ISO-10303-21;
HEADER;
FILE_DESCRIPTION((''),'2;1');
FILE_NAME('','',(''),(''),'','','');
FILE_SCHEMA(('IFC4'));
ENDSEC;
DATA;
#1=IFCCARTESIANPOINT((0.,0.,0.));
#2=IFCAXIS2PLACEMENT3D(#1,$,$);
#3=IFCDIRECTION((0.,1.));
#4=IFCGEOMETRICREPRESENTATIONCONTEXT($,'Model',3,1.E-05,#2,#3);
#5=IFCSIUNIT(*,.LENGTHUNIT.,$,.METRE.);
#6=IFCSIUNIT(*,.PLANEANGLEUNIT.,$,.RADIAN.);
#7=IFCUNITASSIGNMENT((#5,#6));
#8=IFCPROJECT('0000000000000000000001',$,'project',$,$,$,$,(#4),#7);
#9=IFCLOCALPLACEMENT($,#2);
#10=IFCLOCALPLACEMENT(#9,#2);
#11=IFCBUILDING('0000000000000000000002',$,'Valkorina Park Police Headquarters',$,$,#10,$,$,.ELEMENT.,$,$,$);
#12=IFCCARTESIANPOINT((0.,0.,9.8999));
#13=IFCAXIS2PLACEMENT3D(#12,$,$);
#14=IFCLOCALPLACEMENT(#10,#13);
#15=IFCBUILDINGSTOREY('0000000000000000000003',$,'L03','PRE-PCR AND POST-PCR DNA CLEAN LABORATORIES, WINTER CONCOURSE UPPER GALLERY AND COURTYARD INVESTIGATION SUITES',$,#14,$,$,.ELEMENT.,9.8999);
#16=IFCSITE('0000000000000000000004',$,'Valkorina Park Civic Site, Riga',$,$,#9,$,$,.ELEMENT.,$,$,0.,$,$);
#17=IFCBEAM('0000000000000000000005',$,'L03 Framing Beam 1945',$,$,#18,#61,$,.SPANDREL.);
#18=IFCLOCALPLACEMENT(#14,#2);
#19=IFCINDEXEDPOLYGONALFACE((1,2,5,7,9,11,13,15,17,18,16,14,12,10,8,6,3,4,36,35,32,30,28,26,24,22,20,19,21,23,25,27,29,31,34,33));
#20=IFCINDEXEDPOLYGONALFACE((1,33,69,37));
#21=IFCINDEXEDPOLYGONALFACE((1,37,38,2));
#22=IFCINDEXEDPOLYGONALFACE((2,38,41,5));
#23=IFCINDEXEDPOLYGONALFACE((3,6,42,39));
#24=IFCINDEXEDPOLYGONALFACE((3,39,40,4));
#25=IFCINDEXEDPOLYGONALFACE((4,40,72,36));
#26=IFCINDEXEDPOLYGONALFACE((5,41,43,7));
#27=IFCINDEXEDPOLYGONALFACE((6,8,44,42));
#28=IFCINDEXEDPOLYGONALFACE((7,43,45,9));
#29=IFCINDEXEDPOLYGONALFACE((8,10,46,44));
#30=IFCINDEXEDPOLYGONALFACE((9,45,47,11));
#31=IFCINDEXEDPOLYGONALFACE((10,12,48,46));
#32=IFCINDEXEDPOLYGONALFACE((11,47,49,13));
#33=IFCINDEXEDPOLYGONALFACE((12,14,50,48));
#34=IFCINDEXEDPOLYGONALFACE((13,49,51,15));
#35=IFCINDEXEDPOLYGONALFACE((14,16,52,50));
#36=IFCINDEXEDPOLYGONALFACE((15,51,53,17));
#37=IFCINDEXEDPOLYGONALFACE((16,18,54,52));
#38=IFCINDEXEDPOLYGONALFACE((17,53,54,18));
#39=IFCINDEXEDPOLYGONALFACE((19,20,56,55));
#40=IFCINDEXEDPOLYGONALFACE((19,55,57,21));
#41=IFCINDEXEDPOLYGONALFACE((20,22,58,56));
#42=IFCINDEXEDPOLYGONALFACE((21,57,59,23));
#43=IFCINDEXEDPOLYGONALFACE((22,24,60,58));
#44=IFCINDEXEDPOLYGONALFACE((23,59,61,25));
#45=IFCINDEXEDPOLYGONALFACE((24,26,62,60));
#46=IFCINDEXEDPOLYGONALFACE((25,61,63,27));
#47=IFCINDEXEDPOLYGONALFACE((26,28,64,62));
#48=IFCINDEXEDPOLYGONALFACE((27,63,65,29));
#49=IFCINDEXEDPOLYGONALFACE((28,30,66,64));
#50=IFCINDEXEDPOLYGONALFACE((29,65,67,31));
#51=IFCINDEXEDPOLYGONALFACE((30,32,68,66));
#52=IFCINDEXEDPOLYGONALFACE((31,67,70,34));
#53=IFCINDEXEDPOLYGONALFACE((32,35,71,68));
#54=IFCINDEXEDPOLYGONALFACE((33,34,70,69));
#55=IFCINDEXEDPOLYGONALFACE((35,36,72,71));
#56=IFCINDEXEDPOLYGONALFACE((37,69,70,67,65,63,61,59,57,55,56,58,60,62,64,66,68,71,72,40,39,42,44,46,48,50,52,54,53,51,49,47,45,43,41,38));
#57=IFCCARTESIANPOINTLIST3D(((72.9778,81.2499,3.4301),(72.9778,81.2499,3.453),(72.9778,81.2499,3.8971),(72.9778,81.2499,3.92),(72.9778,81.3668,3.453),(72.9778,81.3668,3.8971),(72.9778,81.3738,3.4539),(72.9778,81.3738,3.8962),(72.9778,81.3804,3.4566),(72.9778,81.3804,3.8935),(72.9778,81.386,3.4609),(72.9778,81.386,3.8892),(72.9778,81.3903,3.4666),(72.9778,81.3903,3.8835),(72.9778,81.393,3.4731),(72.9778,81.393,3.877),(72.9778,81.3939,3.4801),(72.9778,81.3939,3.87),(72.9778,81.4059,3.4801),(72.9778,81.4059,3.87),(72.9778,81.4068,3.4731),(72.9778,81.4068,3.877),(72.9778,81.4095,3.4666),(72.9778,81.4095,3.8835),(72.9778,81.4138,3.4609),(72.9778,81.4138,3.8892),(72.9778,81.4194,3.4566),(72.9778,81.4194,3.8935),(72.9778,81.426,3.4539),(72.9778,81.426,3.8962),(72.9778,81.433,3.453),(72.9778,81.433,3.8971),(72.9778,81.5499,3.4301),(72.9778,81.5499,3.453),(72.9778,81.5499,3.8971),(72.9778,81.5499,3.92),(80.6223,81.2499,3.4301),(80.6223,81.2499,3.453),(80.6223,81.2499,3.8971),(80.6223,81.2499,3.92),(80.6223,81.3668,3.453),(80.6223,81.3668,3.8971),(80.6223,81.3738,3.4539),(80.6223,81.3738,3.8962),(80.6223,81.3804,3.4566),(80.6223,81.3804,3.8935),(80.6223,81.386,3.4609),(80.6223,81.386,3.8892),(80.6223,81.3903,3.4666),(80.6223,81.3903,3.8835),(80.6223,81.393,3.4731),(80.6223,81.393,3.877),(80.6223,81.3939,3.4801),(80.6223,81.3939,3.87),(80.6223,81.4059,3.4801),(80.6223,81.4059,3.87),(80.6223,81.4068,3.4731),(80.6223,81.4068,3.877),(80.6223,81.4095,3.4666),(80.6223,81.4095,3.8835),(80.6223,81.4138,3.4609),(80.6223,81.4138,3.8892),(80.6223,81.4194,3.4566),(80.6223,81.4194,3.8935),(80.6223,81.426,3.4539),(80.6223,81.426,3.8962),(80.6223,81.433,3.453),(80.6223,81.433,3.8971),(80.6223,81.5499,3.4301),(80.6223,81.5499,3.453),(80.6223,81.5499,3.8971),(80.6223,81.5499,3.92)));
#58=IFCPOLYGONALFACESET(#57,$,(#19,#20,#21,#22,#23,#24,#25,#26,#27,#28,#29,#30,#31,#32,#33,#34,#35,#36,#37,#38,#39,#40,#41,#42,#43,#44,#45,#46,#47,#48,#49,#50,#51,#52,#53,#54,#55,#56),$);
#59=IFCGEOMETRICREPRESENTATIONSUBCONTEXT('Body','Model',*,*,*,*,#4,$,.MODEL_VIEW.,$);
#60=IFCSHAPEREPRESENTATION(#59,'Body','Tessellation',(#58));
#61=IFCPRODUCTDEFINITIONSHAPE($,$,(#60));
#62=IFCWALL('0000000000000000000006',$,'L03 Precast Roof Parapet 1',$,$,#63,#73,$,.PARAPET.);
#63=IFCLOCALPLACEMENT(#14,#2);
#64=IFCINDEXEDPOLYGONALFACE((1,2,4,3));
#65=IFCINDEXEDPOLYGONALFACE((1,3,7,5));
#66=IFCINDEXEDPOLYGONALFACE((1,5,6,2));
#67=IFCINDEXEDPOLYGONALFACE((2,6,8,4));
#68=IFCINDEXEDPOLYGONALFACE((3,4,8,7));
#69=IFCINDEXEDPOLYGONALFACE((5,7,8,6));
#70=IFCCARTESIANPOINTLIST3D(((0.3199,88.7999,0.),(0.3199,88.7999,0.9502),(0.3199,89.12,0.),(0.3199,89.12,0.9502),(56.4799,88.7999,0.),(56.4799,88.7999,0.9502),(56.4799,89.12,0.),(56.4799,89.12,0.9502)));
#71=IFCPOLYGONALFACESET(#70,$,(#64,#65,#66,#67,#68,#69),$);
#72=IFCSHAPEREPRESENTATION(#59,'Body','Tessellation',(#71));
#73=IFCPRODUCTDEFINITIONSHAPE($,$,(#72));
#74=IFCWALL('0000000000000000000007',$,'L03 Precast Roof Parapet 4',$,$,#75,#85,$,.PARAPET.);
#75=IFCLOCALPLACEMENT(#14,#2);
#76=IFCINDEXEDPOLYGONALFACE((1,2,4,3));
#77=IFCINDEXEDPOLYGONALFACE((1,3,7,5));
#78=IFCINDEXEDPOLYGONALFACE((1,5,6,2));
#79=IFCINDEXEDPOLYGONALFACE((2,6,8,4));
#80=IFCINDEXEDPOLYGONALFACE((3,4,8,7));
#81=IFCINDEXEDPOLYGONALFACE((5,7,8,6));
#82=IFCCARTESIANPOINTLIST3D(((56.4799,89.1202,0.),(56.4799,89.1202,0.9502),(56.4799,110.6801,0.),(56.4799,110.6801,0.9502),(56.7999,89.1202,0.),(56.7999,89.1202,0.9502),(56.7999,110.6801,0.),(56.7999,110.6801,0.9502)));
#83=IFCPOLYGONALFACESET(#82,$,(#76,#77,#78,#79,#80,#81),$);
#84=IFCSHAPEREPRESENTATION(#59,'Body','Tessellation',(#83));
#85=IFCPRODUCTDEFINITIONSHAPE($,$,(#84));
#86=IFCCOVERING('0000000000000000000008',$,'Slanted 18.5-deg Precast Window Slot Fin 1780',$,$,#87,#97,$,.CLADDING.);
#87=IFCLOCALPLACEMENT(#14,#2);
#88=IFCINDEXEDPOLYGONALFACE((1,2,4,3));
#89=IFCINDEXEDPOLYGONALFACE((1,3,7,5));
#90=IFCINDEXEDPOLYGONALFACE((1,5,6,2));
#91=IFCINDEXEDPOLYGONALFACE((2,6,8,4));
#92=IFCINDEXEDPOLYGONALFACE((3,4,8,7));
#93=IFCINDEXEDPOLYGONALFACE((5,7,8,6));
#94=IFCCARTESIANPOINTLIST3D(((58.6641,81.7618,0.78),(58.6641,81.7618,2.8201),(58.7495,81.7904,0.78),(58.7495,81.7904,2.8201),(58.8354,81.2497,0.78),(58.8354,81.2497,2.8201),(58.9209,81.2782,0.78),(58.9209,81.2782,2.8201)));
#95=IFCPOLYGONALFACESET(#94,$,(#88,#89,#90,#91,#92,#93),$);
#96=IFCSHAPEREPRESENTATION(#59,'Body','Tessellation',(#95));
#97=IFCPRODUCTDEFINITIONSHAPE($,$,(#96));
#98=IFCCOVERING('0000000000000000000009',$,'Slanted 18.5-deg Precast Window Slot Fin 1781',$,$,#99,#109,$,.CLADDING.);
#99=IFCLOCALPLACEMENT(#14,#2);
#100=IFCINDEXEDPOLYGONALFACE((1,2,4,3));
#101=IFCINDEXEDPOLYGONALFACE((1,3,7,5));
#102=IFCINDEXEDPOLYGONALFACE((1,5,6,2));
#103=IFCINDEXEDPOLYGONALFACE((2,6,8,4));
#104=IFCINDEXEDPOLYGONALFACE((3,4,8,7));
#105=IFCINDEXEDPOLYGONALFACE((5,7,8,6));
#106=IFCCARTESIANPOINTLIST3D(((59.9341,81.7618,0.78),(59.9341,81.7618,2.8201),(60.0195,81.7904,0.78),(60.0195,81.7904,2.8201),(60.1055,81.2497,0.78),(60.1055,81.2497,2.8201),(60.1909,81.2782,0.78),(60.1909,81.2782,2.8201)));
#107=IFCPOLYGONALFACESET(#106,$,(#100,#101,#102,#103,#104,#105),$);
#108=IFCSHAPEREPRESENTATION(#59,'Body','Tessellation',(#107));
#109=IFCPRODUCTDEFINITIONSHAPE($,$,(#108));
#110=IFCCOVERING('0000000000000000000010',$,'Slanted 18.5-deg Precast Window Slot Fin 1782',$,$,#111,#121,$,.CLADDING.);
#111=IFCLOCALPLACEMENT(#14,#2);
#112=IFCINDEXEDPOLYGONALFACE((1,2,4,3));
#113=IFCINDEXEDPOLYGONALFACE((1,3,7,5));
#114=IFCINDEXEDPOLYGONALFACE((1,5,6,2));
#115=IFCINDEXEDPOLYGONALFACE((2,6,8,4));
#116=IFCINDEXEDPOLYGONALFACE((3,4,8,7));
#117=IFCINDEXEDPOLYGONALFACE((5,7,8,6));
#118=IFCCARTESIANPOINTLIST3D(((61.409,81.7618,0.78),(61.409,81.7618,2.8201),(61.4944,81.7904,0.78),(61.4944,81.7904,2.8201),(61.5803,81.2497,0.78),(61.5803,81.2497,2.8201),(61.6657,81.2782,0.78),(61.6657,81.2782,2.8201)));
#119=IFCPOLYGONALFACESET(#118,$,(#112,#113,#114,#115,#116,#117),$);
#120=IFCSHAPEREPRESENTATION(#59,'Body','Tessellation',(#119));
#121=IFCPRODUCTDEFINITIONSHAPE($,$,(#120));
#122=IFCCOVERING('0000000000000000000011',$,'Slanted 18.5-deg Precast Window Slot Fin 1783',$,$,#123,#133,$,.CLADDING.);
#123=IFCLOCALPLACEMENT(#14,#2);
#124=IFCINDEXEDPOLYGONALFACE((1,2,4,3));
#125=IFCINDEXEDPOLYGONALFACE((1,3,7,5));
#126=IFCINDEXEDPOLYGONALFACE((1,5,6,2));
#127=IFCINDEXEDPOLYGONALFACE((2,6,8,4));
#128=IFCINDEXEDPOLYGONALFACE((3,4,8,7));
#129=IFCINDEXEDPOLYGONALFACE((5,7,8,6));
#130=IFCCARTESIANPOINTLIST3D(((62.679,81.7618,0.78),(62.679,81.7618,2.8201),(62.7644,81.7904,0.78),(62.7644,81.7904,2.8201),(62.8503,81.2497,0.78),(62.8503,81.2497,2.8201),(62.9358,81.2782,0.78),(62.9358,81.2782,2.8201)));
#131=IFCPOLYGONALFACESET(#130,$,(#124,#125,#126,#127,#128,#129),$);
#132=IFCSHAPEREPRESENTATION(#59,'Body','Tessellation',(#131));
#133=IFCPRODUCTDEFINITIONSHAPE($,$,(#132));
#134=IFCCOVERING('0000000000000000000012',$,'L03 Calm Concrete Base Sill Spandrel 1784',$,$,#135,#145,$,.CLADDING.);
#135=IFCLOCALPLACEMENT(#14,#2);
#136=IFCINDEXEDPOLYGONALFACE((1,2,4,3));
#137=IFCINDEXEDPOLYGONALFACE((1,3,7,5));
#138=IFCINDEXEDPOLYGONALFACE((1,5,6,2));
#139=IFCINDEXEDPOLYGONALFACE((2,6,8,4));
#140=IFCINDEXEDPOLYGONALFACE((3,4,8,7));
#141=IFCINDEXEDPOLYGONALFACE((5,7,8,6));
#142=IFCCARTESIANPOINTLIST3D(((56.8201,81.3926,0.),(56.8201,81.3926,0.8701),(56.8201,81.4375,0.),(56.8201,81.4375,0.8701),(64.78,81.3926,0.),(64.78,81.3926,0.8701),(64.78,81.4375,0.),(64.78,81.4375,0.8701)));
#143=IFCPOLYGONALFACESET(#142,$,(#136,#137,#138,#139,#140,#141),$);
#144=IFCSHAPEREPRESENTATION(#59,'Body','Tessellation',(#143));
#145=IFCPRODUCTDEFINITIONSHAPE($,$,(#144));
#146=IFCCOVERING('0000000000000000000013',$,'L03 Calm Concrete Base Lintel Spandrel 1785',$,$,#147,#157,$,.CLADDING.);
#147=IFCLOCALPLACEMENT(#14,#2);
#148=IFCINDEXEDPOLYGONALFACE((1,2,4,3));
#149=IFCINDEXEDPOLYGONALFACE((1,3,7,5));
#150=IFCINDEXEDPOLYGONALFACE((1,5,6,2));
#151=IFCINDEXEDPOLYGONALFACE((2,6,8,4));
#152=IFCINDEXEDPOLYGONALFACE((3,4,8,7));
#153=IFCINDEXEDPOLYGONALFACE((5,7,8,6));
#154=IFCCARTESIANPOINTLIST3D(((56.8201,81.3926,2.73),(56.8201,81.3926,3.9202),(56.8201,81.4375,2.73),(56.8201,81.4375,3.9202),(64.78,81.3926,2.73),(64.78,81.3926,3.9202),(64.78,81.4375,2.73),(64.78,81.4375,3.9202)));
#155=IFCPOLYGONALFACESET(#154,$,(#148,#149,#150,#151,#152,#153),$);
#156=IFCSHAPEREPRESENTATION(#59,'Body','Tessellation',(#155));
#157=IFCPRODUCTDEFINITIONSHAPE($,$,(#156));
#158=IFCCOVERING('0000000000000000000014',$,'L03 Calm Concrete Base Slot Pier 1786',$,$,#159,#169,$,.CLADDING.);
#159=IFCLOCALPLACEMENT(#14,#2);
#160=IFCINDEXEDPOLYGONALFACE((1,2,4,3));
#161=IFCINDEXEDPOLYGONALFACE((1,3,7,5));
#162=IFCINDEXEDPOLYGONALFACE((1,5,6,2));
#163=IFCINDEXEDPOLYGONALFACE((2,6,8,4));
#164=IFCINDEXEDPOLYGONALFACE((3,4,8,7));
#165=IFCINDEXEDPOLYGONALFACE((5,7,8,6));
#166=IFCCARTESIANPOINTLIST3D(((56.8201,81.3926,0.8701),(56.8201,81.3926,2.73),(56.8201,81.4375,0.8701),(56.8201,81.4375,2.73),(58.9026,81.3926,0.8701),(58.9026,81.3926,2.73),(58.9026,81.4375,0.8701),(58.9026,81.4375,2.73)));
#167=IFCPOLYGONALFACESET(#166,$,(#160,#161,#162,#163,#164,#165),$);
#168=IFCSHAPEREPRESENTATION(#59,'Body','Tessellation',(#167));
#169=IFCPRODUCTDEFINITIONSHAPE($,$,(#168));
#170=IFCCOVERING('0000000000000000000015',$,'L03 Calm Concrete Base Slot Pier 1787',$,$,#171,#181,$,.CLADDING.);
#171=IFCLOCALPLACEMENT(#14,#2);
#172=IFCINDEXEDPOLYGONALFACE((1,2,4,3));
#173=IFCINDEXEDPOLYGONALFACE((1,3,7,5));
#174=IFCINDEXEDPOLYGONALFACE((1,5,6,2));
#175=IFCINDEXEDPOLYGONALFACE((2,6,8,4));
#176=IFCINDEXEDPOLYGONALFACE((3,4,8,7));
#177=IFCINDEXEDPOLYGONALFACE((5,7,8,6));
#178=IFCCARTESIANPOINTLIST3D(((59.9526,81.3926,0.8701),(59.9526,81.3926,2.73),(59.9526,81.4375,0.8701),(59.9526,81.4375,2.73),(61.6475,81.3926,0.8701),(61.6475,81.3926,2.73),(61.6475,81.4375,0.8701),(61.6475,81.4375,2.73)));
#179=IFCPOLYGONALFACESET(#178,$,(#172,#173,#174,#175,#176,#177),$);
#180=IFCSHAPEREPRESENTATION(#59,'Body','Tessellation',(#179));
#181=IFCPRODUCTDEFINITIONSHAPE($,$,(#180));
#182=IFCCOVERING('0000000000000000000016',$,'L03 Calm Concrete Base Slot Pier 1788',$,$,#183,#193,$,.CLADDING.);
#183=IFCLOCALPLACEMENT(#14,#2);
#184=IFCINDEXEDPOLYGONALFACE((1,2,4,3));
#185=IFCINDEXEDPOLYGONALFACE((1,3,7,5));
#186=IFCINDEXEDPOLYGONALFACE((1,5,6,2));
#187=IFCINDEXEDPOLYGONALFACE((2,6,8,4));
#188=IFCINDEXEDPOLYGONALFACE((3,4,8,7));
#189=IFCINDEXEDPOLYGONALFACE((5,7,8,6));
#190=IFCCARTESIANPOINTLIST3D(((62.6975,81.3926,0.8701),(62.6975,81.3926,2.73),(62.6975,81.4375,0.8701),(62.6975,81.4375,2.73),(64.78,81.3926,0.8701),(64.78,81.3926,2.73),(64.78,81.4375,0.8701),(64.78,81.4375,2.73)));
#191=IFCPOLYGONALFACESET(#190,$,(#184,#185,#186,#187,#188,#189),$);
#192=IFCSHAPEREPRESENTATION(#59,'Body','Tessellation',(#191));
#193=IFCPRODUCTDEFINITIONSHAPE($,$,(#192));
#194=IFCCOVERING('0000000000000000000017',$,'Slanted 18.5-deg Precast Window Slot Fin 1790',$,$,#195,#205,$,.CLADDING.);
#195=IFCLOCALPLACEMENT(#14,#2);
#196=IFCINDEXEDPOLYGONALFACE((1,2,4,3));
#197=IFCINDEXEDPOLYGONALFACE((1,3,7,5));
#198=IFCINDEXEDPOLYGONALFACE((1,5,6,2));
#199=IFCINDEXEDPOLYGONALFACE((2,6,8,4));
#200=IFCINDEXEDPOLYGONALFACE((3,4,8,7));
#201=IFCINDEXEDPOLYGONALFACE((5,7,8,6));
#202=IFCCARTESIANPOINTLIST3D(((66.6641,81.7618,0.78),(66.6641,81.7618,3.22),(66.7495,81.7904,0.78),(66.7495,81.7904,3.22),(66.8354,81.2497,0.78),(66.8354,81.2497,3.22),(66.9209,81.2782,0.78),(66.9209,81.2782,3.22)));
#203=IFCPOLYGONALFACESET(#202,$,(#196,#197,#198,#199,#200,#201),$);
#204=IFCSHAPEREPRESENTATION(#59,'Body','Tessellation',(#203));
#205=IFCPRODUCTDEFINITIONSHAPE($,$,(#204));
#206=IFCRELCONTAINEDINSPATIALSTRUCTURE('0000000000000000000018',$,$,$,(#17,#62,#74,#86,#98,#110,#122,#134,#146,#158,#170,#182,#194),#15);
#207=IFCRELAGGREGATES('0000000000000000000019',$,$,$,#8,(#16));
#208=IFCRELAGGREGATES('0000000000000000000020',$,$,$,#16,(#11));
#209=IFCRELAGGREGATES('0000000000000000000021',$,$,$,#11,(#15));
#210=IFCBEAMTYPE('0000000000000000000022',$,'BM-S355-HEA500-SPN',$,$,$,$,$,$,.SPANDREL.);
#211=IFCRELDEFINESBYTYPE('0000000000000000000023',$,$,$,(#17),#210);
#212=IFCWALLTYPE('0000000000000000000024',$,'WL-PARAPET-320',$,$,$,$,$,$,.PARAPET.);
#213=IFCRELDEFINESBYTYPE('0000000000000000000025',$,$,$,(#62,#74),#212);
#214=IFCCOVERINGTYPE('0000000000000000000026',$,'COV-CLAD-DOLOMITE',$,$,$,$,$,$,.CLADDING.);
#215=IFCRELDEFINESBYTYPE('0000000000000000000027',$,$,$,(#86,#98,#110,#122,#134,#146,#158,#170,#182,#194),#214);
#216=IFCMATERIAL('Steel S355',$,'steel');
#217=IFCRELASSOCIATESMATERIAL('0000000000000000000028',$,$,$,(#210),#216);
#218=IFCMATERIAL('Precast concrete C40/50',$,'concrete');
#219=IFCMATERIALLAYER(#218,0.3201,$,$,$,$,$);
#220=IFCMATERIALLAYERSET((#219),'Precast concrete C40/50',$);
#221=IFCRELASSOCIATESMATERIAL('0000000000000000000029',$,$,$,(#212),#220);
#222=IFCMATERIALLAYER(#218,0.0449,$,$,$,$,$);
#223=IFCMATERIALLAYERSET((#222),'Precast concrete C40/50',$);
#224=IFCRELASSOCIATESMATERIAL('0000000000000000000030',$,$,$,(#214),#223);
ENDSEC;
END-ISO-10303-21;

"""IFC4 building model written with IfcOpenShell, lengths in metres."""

from ifc_helpers import new_model, si_unit, direction, frame, frame_2d, origin, origin_2d, place, context, subcontext, project, spatial, rectangle, i_section, extrude, material, layer, layer_set, material_profile, profile_set, type_object, element, save


model = new_model("IFC4")

# Units and contexts
model_context = context("Model", 3, precision=1e-05, world=origin(), true_north=direction((0.0, 1.0)))
body_context = subcontext(model_context, "Body", "Model", "MODEL_VIEW")
ifc_project = project(units=[si_unit("LENGTHUNIT", "METRE"), si_unit("PLANEANGLEUNIT", "RADIAN")], contexts=[model_context])

# Site, building, storey
site_placement = place(None, origin())
site = spatial("IfcSite", under=ifc_project, at=site_placement, Name="Valkorina Park Civic Site, Riga", CompositionType="ELEMENT", RefElevation=0.0)
building_placement = place(site_placement, origin())
building = spatial("IfcBuilding", under=site, at=building_placement, Name="Valkorina Park Police Headquarters", CompositionType="ELEMENT")
storey_placement = place(building_placement, frame((0.0, 0.0, 9.8999)))
storey = spatial("IfcBuildingStorey", under=building, at=storey_placement, Name="L03", Description="PRE-PCR AND POST-PCR DNA CLEAN LABORATORIES, WINTER CONCOURSE UPPER GALLERY AND COURTYARD INVESTIGATION SUITES", CompositionType="ELEMENT", Elevation=9.8999)

# Beam
ifc_material_1 = material(Name="Steel S355", Category="steel")
ifc_material_profile = material_profile(ifc_material_1, i_section(OverallWidth=0.3, OverallDepth=0.49, WebThickness=0.012, FlangeThickness=0.0229, FilletRadius=0.0271, at=origin_2d()), Name="HEA 500")
ifc_profile_set = profile_set([ifc_material_profile], Name="Steel S355")
beam_type = type_object("IfcBeamType", Name="BM-S355-HEA500-SPN", PredefinedType="SPANDREL", material=ifc_profile_set)
beam_placement = place(storey_placement, frame((72.9778, 81.3999, 3.675), z_axis=(1.0, 0.0, 0.0), x_axis=(0.0, 1.0, 0.0)))
element("IfcBeam", 1, at=beam_placement, inside=storey, type_object=beam_type, Name="L03 Framing Beam 1945", PredefinedType="SPANDREL", context=body_context, shape_type="SweptSolid", body=[
    extrude(i_section(OverallWidth=0.3, OverallDepth=0.49, WebThickness=0.012, FlangeThickness=0.0229, FilletRadius=0.0271, at=origin_2d()), origin(), (0.0, 0.0, 1.0), 7.6445),
])

# Walls
ifc_material_2 = material(Name="Precast concrete C40/50", Category="concrete")
ifc_layer_1 = layer(ifc_material_2, 0.3201)
ifc_layer_set_1 = layer_set([ifc_layer_1], Name="Precast concrete C40/50")
wall_type = type_object("IfcWallType", Name="WL-PARAPET-320", PredefinedType="PARAPET", material=ifc_layer_set_1)
wall_1_placement = place(storey_placement, frame((56.48, 88.96, 0.0), z_axis=(0.0, 0.0, 1.0), x_axis=(-1.0, 0.0, 0.0)))
element("IfcWall", 2, at=wall_1_placement, inside=storey, type_object=wall_type, Name="L03 Precast Roof Parapet 1", PredefinedType="PARAPET", context=body_context, shape_type="SweptSolid", body=[
    extrude(rectangle(XDim=56.1599, YDim=0.3201, at=frame_2d((28.0801, 0.0))), origin(), (0.0, 0.0, 1.0), 0.9502),
])
wall_2_placement = place(storey_placement, frame((56.6399, 110.6799, 0.0), z_axis=(0.0, 0.0, 1.0), x_axis=(0.0, -1.0, 0.0)))
element("IfcWall", 3, at=wall_2_placement, inside=storey, type_object=wall_type, Name="L03 Precast Roof Parapet 4", PredefinedType="PARAPET", context=body_context, shape_type="SweptSolid", body=[
    extrude(rectangle(XDim=21.5598, YDim=0.3201, at=frame_2d((10.7798, 0.0))), origin(), (0.0, 0.0, 1.0), 0.9502),
])

# Coverings
ifc_layer_2 = layer(ifc_material_2, 0.0449)
ifc_layer_set_2 = layer_set([ifc_layer_2], Name="Precast concrete C40/50")
covering_type = type_object("IfcCoveringType", Name="COV-CLAD-DOLOMITE", PredefinedType="CLADDING", material=ifc_layer_set_2)
for number, where, z_axis, x_axis, name in (
    (4, (58.7925, 81.52, 0.78), (0.0, 0.0, 1.0), (-0.317305, 0.948324, 0.0), "Slanted 18.5-deg Precast Window Slot Fin 1780"),
    (5, (60.0625, 81.52, 0.78), (0.0, 0.0, 1.0), (-0.317305, 0.948324, 0.0), "Slanted 18.5-deg Precast Window Slot Fin 1781"),
    (6, (61.5374, 81.52, 0.78), (0.0, 0.0, 1.0), (-0.317305, 0.948324, 0.0), "Slanted 18.5-deg Precast Window Slot Fin 1782"),
    (7, (62.8074, 81.52, 0.78), (0.0, 0.0, 1.0), (-0.317305, 0.948324, 0.0), "Slanted 18.5-deg Precast Window Slot Fin 1783"),
):
    element("IfcCovering", number, at=place(storey_placement, frame(where, z_axis=z_axis, x_axis=x_axis)), inside=storey, type_object=covering_type, Name=name, PredefinedType="CLADDING", context=body_context, shape_type="SweptSolid", body=[
        extrude(rectangle(XDim=0.54, YDim=0.0901, at=origin_2d()), origin(), (0.0, 0.0, 1.0), 2.04),
    ])
covering_1_placement = place(storey_placement, frame((56.8201, 81.415, 0.0), z_axis=(0.0, 0.0, 1.0), x_axis=(1.0, 0.0, 0.0)))
element("IfcCovering", 8, at=covering_1_placement, inside=storey, type_object=covering_type, Name="L03 Calm Concrete Base Sill Spandrel 1784", PredefinedType="CLADDING", context=body_context, shape_type="SweptSolid", body=[
    extrude(rectangle(XDim=7.96, YDim=0.0449, at=frame_2d((3.98, 0.0))), origin(), (0.0, 0.0, 1.0), 0.8701),
])
covering_2_placement = place(storey_placement, frame((56.8201, 81.415, 2.73), z_axis=(0.0, 0.0, 1.0), x_axis=(1.0, 0.0, 0.0)))
element("IfcCovering", 9, at=covering_2_placement, inside=storey, type_object=covering_type, Name="L03 Calm Concrete Base Lintel Spandrel 1785", PredefinedType="CLADDING", context=body_context, shape_type="SweptSolid", body=[
    extrude(rectangle(XDim=7.96, YDim=0.0449, at=frame_2d((3.98, 0.0))), origin(), (0.0, 0.0, 1.0), 1.1902),
])
covering_3_placement = place(storey_placement, frame((56.8201, 81.415, 0.8701), z_axis=(0.0, 0.0, 1.0), x_axis=(1.0, 0.0, 0.0)))
element("IfcCovering", 10, at=covering_3_placement, inside=storey, type_object=covering_type, Name="L03 Calm Concrete Base Slot Pier 1786", PredefinedType="CLADDING", context=body_context, shape_type="SweptSolid", body=[
    extrude(rectangle(XDim=2.0825, YDim=0.0449, at=frame_2d((1.0413, 0.0))), origin(), (0.0, 0.0, 1.0), 1.8599),
])
covering_4_placement = place(storey_placement, frame((59.9526, 81.415, 0.8701), z_axis=(0.0, 0.0, 1.0), x_axis=(1.0, 0.0, 0.0)))
element("IfcCovering", 11, at=covering_4_placement, inside=storey, type_object=covering_type, Name="L03 Calm Concrete Base Slot Pier 1787", PredefinedType="CLADDING", context=body_context, shape_type="SweptSolid", body=[
    extrude(rectangle(XDim=1.6948, YDim=0.0449, at=frame_2d((0.8474, 0.0))), origin(), (0.0, 0.0, 1.0), 1.8599),
])
covering_5_placement = place(storey_placement, frame((62.6975, 81.415, 0.8701), z_axis=(0.0, 0.0, 1.0), x_axis=(1.0, 0.0, 0.0)))
element("IfcCovering", 12, at=covering_5_placement, inside=storey, type_object=covering_type, Name="L03 Calm Concrete Base Slot Pier 1788", PredefinedType="CLADDING", context=body_context, shape_type="SweptSolid", body=[
    extrude(rectangle(XDim=2.0825, YDim=0.0449, at=frame_2d((1.0413, 0.0))), origin(), (0.0, 0.0, 1.0), 1.8599),
])
for number, where, z_axis, x_axis, name in (
    (13, (66.7925, 81.52, 0.78), (0.0, 0.0, 1.0), (-0.317305, 0.948324, 0.0), "Slanted 18.5-deg Precast Window Slot Fin 1790"),
):
    element("IfcCovering", number, at=place(storey_placement, frame(where, z_axis=z_axis, x_axis=x_axis)), inside=storey, type_object=covering_type, Name=name, PredefinedType="CLADDING", context=body_context, shape_type="SweptSolid", body=[
        extrude(rectangle(XDim=0.54, YDim=0.0901, at=origin_2d()), origin(), (0.0, 0.0, 1.0), 2.4399),
    ])

save(model, "model.ifc")
